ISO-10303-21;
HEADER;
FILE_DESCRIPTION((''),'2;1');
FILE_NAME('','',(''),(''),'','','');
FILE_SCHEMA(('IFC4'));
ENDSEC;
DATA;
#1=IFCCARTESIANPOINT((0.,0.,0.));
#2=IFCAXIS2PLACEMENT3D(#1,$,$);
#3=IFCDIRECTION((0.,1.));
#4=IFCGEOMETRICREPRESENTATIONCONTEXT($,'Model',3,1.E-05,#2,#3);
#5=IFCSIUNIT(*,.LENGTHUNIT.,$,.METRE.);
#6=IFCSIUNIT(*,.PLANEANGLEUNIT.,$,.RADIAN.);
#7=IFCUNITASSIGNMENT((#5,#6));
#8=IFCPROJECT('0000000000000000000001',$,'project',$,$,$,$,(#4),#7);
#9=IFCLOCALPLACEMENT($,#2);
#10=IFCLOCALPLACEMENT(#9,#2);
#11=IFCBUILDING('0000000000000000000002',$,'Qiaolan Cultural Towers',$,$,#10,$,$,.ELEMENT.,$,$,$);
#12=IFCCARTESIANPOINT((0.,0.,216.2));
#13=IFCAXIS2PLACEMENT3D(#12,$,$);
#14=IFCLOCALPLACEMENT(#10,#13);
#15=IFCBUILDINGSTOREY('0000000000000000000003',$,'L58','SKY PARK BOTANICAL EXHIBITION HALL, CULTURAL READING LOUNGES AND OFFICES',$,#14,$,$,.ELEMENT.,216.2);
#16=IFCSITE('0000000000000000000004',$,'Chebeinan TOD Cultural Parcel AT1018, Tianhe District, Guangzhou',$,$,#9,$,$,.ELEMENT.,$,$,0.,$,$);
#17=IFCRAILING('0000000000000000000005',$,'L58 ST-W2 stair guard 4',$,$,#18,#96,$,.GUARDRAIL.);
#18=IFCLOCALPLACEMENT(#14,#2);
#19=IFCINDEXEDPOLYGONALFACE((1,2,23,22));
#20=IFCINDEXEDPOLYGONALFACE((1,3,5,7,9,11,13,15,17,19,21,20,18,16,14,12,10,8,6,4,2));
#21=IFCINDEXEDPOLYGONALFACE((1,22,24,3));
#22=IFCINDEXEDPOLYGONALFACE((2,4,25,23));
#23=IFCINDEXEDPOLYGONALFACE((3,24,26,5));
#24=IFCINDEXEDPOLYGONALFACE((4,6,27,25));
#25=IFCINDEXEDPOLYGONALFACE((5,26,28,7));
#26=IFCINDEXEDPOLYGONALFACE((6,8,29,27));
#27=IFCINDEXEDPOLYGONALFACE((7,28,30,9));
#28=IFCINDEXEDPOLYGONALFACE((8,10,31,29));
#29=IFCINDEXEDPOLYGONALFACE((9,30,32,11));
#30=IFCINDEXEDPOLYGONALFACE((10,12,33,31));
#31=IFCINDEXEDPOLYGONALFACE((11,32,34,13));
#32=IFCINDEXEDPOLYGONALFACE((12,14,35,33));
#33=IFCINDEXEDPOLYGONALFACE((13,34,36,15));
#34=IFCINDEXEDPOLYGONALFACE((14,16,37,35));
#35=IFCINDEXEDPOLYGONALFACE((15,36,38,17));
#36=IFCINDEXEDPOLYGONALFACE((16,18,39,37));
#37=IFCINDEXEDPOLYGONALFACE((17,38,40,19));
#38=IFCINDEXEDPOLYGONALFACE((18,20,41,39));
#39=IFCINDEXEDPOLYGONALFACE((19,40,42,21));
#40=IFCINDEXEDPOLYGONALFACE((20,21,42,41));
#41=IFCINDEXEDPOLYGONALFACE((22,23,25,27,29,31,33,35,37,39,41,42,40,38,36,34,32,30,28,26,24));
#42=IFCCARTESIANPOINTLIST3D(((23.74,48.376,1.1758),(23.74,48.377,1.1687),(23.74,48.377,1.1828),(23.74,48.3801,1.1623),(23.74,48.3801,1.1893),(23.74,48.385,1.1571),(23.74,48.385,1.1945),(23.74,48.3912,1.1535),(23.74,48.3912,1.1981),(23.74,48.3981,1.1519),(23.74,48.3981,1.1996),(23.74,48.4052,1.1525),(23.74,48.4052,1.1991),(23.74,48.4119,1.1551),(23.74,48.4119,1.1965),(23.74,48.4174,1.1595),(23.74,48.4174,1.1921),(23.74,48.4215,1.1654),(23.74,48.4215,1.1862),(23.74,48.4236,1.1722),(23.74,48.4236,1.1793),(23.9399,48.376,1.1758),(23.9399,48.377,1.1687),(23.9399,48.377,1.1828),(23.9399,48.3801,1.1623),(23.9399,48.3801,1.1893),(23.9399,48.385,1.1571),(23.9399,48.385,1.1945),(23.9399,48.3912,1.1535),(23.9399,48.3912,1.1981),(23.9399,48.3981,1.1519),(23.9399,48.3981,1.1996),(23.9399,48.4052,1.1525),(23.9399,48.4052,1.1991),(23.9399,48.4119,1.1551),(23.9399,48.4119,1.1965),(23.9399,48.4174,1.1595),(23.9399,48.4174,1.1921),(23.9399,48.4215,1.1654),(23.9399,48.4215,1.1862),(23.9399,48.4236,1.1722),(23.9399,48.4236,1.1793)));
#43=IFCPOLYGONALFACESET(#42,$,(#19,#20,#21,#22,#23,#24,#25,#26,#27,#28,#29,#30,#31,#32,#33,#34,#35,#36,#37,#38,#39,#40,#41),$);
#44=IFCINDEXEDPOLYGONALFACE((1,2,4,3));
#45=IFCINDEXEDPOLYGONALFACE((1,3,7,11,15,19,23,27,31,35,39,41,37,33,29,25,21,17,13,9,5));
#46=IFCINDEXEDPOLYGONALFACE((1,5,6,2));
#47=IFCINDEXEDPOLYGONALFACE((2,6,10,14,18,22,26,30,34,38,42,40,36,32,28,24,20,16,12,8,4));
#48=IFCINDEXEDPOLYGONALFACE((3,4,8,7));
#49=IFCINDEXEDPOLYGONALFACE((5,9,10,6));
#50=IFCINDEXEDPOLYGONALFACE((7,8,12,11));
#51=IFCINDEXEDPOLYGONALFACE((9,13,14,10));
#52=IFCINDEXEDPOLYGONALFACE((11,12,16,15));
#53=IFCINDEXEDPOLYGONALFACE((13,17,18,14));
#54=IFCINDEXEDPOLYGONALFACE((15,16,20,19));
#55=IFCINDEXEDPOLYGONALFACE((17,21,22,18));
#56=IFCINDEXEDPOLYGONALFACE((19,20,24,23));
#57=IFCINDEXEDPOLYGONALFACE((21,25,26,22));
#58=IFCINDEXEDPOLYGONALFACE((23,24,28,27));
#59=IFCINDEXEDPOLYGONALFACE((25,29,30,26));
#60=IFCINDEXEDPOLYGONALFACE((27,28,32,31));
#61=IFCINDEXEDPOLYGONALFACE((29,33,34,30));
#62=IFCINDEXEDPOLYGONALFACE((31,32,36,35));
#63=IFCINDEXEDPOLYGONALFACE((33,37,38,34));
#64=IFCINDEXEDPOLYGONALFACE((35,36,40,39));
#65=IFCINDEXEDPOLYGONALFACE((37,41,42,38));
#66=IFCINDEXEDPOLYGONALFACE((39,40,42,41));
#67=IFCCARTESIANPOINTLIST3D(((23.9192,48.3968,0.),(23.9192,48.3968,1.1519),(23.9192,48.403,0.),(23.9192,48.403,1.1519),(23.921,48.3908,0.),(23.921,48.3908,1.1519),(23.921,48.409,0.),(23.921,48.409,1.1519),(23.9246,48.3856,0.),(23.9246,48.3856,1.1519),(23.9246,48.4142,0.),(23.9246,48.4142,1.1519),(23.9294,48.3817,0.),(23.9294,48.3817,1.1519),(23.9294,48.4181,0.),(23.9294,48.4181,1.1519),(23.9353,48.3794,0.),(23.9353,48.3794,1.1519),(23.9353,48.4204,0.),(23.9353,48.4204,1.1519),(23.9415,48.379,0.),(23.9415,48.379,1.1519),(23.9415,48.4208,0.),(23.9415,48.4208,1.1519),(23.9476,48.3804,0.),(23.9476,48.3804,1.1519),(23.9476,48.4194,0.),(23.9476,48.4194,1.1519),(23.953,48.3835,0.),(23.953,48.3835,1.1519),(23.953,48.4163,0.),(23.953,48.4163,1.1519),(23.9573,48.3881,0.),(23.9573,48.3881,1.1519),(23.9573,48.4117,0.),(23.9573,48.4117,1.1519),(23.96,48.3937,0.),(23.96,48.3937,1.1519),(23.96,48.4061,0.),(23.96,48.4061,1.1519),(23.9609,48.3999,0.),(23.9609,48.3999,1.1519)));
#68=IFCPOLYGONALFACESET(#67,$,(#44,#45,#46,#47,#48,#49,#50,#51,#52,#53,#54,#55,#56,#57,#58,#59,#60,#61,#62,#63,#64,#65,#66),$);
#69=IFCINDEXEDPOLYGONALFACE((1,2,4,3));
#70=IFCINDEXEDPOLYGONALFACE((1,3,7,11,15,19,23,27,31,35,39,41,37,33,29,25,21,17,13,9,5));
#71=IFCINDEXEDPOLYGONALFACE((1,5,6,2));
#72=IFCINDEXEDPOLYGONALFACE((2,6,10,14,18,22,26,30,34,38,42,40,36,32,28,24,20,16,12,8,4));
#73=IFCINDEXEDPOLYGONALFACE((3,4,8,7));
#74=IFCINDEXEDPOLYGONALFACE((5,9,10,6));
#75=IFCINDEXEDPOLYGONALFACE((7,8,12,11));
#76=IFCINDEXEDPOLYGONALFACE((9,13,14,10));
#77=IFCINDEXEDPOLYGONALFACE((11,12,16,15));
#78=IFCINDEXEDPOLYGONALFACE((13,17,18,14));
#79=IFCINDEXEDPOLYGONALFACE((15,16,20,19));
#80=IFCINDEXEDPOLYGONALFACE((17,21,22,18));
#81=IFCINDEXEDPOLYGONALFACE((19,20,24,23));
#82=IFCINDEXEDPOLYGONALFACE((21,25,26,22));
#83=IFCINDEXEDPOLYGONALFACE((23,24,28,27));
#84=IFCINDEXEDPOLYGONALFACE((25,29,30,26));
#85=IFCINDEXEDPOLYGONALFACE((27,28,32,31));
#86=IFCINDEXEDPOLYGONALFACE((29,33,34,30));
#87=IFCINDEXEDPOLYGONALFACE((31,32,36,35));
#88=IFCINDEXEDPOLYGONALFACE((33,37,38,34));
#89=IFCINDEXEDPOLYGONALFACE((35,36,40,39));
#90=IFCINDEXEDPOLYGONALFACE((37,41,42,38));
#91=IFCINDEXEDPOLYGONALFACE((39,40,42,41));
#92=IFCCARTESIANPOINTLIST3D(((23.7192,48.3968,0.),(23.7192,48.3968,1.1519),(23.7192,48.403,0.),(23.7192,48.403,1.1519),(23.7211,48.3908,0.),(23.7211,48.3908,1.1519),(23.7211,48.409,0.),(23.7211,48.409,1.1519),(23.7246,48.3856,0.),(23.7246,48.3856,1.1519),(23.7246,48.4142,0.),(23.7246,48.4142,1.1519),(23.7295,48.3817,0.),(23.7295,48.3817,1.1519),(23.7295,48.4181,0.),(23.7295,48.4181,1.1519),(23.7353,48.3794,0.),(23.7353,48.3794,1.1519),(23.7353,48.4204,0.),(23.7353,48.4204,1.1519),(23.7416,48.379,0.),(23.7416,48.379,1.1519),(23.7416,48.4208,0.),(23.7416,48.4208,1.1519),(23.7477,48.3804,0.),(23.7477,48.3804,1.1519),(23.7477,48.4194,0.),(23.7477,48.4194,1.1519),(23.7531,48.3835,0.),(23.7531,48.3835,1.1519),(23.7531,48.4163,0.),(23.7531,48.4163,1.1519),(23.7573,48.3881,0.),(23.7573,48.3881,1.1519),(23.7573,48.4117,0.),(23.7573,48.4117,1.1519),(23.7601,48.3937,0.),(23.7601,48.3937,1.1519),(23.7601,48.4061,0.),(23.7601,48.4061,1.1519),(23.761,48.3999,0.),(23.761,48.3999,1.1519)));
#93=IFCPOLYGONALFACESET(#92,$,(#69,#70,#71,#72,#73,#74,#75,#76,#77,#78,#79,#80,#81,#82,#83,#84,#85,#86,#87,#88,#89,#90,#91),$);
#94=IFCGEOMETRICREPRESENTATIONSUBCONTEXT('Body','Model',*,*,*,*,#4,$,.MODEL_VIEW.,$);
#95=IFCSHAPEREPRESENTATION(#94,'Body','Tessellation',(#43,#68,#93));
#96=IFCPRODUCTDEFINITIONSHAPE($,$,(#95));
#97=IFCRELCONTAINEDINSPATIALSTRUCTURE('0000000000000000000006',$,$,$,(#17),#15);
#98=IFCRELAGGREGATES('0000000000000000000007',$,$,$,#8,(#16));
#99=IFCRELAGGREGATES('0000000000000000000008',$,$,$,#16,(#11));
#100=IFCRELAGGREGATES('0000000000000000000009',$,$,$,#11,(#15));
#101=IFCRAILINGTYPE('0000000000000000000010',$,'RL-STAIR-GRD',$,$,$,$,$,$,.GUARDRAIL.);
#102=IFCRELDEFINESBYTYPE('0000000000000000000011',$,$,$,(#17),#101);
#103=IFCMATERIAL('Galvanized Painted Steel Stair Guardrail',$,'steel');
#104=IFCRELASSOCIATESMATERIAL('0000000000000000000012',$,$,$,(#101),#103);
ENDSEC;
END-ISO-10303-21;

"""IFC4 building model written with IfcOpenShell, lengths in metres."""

from ifc_helpers import new_model, si_unit, direction, frame, origin, origin_2d, place, context, subcontext, project, spatial, circle, extrude, material, type_object, element, save


model = new_model("IFC4")

# Units and contexts
model_context = context("Model", 3, precision=1e-05, world=origin(), true_north=direction((0.0, 1.0)))
body_context = subcontext(model_context, "Body", "Model", "MODEL_VIEW")
ifc_project = project(units=[si_unit("LENGTHUNIT", "METRE"), si_unit("PLANEANGLEUNIT", "RADIAN")], contexts=[model_context])

# Site, building, storey
site_placement = place(None, origin())
site = spatial("IfcSite", under=ifc_project, at=site_placement, Name="Chebeinan TOD Cultural Parcel AT1018, Tianhe District, Guangzhou", CompositionType="ELEMENT", RefElevation=0.0)
building_placement = place(site_placement, origin())
building = spatial("IfcBuilding", under=site, at=building_placement, Name="Qiaolan Cultural Towers", CompositionType="ELEMENT")
storey_placement = place(building_placement, frame((0.0, 0.0, 216.2)))
storey = spatial("IfcBuildingStorey", under=building, at=storey_placement, Name="L58", Description="SKY PARK BOTANICAL EXHIBITION HALL, CULTURAL READING LOUNGES AND OFFICES", CompositionType="ELEMENT", Elevation=216.2)

# Railing
ifc_material_1 = material(Name="Galvanized Painted Steel Stair Guardrail", Category="steel")
railing_type_1 = type_object("IfcRailingType", Name="RL-STAIR-GRD", PredefinedType="GUARDRAIL", material=ifc_material_1)
railing_1_placement = place(storey_placement, frame((23.9399, 48.3999, 0.0)))
element("IfcRailing", 1, at=railing_1_placement, inside=storey, type_object=railing_type_1, Name="L58 ST-W2 stair guard 4", PredefinedType="GUARDRAIL", context=body_context, shape_type="SweptSolid", body=[
    extrude(circle(Radius=0.0239, at=origin_2d()), frame((0.0, 0.0, 1.1758), z_axis=(-1.0, 0.0, 0.0), x_axis=(0.0, -1.0, 0.0)), (0.0, 0.0, 1.0), 0.2),
    extrude(circle(Radius=0.021, at=origin_2d()), origin(), (0.0, 0.0, 1.0), 1.1519),
    extrude(circle(Radius=0.021, at=origin_2d()), frame((-0.2, 0.0, 0.0)), (0.0, 0.0, 1.0), 1.1519),
])

save(model, "model.ifc")
